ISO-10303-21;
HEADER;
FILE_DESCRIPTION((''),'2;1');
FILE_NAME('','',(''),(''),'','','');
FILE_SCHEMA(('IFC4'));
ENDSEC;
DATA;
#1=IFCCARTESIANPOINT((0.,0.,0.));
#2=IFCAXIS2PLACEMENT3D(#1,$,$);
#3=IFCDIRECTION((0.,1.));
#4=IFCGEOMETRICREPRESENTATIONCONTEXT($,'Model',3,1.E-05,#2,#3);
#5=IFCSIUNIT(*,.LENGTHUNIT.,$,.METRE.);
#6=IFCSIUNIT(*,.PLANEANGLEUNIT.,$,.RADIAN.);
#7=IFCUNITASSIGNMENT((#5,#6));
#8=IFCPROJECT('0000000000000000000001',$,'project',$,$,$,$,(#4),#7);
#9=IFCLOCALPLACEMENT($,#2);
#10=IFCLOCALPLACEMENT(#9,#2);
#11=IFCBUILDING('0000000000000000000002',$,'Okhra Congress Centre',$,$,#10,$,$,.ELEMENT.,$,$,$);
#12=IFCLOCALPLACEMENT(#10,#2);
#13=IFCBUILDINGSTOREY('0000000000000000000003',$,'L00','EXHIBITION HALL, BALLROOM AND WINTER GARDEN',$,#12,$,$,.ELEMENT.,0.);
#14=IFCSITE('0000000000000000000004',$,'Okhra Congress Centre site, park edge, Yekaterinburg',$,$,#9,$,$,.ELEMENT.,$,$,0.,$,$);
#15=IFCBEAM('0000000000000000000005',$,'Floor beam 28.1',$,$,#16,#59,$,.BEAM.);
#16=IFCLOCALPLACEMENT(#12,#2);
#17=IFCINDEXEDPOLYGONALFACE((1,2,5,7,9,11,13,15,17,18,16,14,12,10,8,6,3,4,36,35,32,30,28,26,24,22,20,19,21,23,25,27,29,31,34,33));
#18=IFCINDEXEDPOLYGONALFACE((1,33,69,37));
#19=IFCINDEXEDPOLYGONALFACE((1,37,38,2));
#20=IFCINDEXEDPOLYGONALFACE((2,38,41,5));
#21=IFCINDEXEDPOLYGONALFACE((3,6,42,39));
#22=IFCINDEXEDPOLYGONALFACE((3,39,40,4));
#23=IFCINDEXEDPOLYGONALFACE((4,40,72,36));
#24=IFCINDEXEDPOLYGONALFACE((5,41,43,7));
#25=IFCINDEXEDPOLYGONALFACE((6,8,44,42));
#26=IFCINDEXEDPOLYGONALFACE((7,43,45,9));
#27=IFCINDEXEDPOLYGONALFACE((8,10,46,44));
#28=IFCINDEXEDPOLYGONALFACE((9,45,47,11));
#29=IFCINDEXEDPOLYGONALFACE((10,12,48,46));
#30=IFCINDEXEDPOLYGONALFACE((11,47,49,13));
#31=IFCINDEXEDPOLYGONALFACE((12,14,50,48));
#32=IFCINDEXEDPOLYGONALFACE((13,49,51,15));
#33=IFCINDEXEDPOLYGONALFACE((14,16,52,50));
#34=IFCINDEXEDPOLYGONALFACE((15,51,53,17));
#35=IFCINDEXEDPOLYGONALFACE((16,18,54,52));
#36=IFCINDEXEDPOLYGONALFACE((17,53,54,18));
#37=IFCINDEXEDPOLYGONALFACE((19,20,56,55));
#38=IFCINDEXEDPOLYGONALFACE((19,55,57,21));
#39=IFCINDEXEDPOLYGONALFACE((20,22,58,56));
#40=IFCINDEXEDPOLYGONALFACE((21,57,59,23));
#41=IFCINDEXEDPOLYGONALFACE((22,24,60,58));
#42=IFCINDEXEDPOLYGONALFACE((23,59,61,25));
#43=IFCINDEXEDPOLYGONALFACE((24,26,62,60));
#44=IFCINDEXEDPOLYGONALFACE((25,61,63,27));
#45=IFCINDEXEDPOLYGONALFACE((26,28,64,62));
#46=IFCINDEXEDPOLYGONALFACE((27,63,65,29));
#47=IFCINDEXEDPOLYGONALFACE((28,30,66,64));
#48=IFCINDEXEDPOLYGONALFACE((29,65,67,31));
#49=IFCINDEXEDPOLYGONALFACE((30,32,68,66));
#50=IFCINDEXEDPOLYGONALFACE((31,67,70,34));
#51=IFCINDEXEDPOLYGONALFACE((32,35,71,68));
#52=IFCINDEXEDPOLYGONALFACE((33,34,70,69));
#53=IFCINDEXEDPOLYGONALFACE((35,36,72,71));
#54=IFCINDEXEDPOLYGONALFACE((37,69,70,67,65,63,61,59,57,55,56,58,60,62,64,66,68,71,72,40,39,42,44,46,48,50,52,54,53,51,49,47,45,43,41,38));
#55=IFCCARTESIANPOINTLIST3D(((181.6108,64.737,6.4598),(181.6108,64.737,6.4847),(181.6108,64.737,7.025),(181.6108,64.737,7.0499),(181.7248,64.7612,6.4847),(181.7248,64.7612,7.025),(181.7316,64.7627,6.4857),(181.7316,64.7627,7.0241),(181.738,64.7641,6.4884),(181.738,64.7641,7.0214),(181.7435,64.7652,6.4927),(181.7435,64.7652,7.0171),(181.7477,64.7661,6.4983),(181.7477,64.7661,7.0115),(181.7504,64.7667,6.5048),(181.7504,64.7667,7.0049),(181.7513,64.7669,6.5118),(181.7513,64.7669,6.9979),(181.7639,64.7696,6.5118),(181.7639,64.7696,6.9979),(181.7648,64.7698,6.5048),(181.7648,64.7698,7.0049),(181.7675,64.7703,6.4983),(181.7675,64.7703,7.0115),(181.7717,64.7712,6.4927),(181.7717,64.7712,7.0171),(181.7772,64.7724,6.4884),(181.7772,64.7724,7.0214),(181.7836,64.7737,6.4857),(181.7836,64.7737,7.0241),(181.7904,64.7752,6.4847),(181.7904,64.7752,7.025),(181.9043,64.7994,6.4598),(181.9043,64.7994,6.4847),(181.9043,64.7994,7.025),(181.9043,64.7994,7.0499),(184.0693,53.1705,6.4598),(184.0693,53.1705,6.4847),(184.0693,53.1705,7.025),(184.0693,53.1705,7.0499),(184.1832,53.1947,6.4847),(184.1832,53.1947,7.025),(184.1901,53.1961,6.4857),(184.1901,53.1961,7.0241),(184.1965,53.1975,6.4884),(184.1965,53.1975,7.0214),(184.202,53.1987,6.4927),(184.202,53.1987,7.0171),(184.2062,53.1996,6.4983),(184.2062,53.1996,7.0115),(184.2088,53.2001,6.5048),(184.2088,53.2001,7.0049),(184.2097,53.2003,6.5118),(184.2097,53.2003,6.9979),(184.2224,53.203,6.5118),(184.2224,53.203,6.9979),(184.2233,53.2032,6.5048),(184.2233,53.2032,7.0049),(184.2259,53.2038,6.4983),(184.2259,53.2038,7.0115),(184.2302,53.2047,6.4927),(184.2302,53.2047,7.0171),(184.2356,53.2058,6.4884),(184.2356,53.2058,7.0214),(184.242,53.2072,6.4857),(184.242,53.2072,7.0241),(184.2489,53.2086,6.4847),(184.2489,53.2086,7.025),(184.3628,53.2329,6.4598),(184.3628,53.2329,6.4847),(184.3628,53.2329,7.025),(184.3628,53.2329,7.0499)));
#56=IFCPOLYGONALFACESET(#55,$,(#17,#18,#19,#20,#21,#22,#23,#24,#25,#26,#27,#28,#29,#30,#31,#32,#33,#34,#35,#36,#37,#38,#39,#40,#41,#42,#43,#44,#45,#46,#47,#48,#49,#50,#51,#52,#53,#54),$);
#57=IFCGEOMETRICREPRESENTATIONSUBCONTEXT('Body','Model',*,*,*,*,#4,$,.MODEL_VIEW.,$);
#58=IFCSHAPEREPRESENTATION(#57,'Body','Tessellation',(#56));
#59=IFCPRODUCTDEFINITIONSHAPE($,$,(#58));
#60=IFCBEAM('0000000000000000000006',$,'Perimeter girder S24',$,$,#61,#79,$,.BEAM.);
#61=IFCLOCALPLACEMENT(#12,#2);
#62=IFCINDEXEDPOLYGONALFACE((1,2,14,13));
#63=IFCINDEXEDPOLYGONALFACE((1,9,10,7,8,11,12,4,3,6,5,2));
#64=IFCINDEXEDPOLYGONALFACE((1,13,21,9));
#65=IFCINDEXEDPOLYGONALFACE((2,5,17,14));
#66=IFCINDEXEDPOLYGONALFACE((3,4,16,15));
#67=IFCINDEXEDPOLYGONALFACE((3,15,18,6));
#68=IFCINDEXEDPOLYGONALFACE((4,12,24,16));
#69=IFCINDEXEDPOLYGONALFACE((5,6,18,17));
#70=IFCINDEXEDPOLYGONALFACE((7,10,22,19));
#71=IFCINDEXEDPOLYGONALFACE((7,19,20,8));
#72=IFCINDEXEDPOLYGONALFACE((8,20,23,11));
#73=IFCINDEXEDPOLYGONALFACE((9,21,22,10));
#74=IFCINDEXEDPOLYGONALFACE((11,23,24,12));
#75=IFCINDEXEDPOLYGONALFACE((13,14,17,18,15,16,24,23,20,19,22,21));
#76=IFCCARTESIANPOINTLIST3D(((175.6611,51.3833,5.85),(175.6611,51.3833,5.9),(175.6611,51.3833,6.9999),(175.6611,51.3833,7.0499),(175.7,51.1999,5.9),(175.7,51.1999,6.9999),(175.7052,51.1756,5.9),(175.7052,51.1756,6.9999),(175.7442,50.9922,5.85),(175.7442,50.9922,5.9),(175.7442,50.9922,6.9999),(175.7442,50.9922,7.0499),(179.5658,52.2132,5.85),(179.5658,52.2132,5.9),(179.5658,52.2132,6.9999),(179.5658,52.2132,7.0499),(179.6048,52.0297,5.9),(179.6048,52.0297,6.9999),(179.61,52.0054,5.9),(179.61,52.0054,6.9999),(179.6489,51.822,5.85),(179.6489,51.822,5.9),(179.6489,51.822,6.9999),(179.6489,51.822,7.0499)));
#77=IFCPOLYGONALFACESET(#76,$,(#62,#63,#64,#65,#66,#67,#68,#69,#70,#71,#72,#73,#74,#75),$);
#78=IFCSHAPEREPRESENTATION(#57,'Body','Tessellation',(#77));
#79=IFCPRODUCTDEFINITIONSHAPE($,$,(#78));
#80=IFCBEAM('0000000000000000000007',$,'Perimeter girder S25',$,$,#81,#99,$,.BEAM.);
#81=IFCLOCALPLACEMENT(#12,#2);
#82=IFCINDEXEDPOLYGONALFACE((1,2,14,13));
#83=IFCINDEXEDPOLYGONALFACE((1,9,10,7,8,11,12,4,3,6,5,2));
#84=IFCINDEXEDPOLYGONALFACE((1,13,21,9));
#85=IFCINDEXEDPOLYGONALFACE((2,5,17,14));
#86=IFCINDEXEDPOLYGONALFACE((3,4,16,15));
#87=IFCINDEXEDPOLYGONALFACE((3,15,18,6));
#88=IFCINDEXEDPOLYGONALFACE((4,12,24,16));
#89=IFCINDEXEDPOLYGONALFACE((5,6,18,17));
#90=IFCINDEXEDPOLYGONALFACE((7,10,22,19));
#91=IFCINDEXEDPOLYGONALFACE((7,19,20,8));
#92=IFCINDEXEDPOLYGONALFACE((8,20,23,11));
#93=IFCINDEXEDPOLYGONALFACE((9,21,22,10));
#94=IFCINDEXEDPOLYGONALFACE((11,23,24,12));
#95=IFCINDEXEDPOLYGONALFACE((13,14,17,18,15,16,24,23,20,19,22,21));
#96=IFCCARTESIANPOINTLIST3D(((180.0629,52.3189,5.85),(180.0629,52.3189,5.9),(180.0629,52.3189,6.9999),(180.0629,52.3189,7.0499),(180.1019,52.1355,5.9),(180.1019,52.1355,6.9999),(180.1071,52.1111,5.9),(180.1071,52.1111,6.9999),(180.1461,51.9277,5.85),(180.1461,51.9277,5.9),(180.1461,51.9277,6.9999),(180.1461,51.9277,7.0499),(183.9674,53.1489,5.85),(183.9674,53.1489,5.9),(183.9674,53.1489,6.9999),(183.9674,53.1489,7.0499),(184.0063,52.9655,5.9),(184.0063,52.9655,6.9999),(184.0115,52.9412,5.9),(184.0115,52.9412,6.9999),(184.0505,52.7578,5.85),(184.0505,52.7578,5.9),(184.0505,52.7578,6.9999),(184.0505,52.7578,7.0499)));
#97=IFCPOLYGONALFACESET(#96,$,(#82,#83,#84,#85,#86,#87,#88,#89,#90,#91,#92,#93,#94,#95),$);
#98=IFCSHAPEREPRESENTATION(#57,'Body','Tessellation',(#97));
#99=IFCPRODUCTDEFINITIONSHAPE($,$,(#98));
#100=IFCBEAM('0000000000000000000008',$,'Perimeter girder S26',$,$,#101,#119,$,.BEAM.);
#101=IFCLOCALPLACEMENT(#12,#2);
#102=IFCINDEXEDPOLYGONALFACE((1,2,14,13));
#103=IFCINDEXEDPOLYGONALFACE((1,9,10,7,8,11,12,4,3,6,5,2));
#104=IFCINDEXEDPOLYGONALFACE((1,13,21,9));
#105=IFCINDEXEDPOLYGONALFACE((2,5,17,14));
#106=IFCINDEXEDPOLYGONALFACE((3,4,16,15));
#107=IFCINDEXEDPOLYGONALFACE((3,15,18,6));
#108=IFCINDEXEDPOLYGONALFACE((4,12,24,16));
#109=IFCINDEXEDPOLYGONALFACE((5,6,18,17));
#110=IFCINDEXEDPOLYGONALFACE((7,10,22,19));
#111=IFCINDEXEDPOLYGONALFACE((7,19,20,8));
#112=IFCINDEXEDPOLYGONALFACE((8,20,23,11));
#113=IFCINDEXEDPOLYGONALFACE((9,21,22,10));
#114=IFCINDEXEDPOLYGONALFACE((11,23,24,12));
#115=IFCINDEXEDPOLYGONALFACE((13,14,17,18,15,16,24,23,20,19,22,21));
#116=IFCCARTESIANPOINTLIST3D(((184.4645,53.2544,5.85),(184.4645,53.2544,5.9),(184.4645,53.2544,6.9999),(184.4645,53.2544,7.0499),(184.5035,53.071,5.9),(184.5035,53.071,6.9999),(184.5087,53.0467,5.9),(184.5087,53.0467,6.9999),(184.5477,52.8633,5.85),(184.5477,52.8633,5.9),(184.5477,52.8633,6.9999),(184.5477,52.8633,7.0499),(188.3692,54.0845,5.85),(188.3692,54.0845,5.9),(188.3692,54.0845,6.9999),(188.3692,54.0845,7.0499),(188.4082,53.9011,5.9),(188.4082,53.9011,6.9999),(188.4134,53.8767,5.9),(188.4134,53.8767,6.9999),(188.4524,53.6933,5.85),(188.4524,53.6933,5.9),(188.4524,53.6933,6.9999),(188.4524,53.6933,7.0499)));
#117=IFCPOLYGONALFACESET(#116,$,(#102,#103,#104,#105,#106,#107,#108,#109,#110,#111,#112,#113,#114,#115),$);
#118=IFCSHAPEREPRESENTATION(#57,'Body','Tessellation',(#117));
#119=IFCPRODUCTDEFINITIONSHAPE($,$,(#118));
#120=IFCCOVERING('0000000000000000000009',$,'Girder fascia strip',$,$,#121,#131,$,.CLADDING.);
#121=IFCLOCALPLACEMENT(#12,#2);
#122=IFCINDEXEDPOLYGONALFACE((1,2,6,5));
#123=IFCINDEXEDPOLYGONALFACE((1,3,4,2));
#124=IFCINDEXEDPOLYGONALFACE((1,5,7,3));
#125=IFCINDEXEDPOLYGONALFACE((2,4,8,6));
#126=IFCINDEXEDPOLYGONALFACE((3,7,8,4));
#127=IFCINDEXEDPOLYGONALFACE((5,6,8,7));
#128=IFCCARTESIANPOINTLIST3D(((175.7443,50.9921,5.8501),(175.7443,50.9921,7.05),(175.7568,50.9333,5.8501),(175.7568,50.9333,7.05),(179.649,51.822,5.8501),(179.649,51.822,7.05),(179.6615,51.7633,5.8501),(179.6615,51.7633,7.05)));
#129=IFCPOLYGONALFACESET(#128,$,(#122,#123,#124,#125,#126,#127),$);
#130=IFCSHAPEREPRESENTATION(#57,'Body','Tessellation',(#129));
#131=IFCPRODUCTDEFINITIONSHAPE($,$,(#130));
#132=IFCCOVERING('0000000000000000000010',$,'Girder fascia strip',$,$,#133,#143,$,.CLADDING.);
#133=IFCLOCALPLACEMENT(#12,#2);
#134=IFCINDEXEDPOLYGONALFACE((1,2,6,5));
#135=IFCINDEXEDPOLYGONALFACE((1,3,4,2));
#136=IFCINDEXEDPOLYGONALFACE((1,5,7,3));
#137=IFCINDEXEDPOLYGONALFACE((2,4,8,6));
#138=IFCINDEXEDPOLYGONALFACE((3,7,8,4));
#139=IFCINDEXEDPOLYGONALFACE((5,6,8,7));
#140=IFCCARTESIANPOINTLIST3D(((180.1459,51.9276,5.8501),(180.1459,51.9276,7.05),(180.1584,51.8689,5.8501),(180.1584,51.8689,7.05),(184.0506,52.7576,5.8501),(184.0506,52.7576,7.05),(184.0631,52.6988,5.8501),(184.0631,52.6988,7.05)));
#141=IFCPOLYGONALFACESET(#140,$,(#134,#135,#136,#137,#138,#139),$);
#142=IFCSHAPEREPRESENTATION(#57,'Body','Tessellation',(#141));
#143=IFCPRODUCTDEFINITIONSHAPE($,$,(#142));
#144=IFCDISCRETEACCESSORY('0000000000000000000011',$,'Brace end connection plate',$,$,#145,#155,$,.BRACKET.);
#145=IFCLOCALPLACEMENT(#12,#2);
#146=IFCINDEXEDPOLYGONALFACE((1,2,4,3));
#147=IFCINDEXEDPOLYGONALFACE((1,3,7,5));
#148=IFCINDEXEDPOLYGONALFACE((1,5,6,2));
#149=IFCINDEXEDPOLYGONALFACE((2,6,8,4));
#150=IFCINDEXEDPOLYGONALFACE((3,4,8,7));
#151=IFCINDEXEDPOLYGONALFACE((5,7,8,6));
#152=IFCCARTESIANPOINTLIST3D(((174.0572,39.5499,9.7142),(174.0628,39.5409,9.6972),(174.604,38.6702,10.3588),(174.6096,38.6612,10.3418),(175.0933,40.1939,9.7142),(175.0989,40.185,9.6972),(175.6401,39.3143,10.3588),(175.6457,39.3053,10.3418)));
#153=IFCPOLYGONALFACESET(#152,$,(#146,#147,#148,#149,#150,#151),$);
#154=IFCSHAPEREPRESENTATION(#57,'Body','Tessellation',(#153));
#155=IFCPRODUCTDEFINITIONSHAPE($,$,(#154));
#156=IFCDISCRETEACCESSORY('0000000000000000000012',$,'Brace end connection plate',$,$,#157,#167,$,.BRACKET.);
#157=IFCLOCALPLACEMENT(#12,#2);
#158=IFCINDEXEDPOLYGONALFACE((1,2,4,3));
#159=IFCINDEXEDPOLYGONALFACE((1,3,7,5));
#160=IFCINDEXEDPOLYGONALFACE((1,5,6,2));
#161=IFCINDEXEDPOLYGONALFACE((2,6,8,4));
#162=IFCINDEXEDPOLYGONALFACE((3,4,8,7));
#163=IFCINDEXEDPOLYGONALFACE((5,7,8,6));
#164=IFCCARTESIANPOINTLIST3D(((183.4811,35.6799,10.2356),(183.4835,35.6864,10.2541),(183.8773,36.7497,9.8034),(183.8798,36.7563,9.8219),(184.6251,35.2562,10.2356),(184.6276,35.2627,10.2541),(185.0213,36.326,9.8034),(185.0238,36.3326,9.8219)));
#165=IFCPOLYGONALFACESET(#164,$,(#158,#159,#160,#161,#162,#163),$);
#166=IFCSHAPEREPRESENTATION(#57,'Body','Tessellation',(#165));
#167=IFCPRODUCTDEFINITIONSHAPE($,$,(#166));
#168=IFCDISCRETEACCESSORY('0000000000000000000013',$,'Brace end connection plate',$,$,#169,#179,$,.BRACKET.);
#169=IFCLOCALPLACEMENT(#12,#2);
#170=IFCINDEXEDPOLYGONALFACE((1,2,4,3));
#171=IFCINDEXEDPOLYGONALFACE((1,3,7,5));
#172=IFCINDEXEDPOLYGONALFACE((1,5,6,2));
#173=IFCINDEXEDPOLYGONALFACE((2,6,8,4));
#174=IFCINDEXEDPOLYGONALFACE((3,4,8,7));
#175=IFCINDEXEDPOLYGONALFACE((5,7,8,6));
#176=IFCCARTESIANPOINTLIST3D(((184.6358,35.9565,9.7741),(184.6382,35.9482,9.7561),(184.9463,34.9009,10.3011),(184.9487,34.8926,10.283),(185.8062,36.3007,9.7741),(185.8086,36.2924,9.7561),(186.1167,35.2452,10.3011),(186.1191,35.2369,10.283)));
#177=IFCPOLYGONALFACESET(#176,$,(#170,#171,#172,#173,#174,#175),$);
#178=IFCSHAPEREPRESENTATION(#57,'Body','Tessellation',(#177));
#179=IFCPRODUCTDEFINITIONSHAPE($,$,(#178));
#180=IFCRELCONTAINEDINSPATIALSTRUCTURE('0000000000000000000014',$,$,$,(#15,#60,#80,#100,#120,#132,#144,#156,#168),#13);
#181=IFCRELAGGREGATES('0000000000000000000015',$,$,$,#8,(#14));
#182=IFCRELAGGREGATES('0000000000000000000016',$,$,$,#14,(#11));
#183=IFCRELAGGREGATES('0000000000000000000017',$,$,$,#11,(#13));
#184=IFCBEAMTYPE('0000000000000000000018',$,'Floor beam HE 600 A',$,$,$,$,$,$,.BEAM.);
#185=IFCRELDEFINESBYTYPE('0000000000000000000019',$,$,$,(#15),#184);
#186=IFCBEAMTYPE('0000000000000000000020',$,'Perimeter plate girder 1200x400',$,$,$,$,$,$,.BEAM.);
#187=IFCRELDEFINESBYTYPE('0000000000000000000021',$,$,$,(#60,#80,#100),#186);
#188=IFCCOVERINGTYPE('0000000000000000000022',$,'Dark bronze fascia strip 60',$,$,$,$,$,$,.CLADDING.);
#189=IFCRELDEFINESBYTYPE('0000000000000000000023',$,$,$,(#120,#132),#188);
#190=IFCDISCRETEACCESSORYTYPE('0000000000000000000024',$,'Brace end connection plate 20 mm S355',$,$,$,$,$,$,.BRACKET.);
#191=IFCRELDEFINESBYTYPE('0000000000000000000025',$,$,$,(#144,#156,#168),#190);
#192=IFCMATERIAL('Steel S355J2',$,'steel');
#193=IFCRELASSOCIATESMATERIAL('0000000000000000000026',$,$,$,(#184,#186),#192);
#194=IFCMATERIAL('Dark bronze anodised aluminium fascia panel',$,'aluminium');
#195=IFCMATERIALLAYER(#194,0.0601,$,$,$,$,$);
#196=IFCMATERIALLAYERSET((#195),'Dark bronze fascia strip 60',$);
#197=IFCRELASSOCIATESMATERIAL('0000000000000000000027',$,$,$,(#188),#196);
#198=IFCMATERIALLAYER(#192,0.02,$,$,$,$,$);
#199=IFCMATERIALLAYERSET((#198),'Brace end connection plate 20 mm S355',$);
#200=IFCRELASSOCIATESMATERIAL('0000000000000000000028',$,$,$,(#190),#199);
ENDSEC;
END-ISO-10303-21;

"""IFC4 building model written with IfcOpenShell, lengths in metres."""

from ifc_helpers import new_model, si_unit, direction, frame, origin, origin_2d, place, context, subcontext, project, spatial, rectangle, i_section, extrude, material, layer, layer_set, material_profile, profile_set, type_object, element, save


model = new_model("IFC4")

# Units and contexts
model_context = context("Model", 3, precision=1e-05, world=origin(), true_north=direction((0.0, 1.0)))
body_context = subcontext(model_context, "Body", "Model", "MODEL_VIEW")
ifc_project = project(units=[si_unit("LENGTHUNIT", "METRE"), si_unit("PLANEANGLEUNIT", "RADIAN")], contexts=[model_context])

# Site, building, storey
site_placement = place(None, origin())
site = spatial("IfcSite", under=ifc_project, at=site_placement, Name="Okhra Congress Centre site, park edge, Yekaterinburg", CompositionType="ELEMENT", RefElevation=0.0)
building_placement = place(site_placement, origin())
building = spatial("IfcBuilding", under=site, at=building_placement, Name="Okhra Congress Centre", CompositionType="ELEMENT")
storey_placement = place(building_placement, origin())
storey = spatial("IfcBuildingStorey", under=building, at=storey_placement, Name="L00", Description="EXHIBITION HALL, BALLROOM AND WINTER GARDEN", CompositionType="ELEMENT", Elevation=0.0)

# Beams
ifc_material_1 = material(Name="Steel S355J2", Category="steel")
ifc_material_profile_1 = material_profile(ifc_material_1, i_section(OverallWidth=0.3, OverallDepth=0.5901, WebThickness=0.0129, FlangeThickness=0.0249, FilletRadius=0.0271, at=origin_2d()), Name="HE 600 A")
ifc_profile_set_1 = profile_set([ifc_material_profile_1], Name="Steel S355J2")
beam_type_1 = type_object("IfcBeamType", Name="Floor beam HE 600 A", PredefinedType="BEAM", material=ifc_profile_set_1)
beam_1_placement = place(storey_placement, frame((184.2161, 53.2017, 6.7549), z_axis=(-0.207906, 0.978149, 0.0), x_axis=(-0.978149, -0.207906, 0.0)))
element("IfcBeam", 1, at=beam_1_placement, inside=storey, type_object=beam_type_1, Name="Floor beam 28.1", PredefinedType="BEAM", context=body_context, shape_type="SweptSolid", body=[
    extrude(i_section(OverallWidth=0.3, OverallDepth=0.5901, WebThickness=0.0129, FlangeThickness=0.0249, FilletRadius=0.0271, at=origin_2d()), origin(), (0.0, 0.0, 1.0), 11.825),
])
ifc_material_profile_2 = material_profile(ifc_material_1, i_section(OverallWidth=0.3999, OverallDepth=1.2, WebThickness=0.0249, FlangeThickness=0.05, at=origin_2d()), Name="Plate girder 1200x400")
ifc_profile_set_2 = profile_set([ifc_material_profile_2], Name="Steel S355J2")
beam_type_2 = type_object("IfcBeamType", Name="Perimeter plate girder 1200x400", PredefinedType="BEAM", material=ifc_profile_set_2)
beam_2_placement = place(storey_placement, frame((175.7026, 51.1877, 6.45), z_axis=(0.978155, 0.207875, 0.0), x_axis=(-0.207875, 0.978155, 0.0)))
element("IfcBeam", 2, at=beam_2_placement, inside=storey, type_object=beam_type_2, Name="Perimeter girder S24", PredefinedType="BEAM", context=body_context, shape_type="SweptSolid", body=[
    extrude(i_section(OverallWidth=0.3999, OverallDepth=1.2, WebThickness=0.0249, FlangeThickness=0.05, at=origin_2d()), origin(), (0.0, 0.0, 1.0), 3.9919),
])
beam_3_placement = place(storey_placement, frame((180.1045, 52.1233, 6.45), z_axis=(0.97814, 0.207946, 0.0), x_axis=(-0.207946, 0.97814, 0.0)))
element("IfcBeam", 3, at=beam_3_placement, inside=storey, type_object=beam_type_2, Name="Perimeter girder S25", PredefinedType="BEAM", context=body_context, shape_type="SweptSolid", body=[
    extrude(i_section(OverallWidth=0.3999, OverallDepth=1.2, WebThickness=0.0249, FlangeThickness=0.05, at=origin_2d()), origin(), (0.0, 0.0, 1.0), 3.9917),
])
beam_4_placement = place(storey_placement, frame((184.5061, 53.0588, 6.45), z_axis=(0.978143, 0.207933, 0.0), x_axis=(-0.207933, 0.978143, 0.0)))
element("IfcBeam", 4, at=beam_4_placement, inside=storey, type_object=beam_type_2, Name="Perimeter girder S26", PredefinedType="BEAM", context=body_context, shape_type="SweptSolid", body=[
    extrude(i_section(OverallWidth=0.3999, OverallDepth=1.2, WebThickness=0.0249, FlangeThickness=0.05, at=origin_2d()), origin(), (0.0, 0.0, 1.0), 3.9919),
])

# Coverings
ifc_material_2 = material(Name="Dark bronze anodised aluminium fascia panel", Category="aluminium")
ifc_layer_1 = layer(ifc_material_2, 0.0601)
ifc_layer_set_1 = layer_set([ifc_layer_1], Name="Dark bronze fascia strip 60")
covering_type = type_object("IfcCoveringType", Name="Dark bronze fascia strip 60", PredefinedType="CLADDING", material=ifc_layer_set_1)
for number, where, z_axis, x_axis, name in (
    (5, (177.7029, 51.3777, 5.8501), (0.0, 0.0, 1.0), (0.978148, 0.207912, 0.0), "Girder fascia strip"),
    (6, (182.1045, 52.3132, 5.8501), (0.0, 0.0, 1.0), (0.978148, 0.207912, 0.0), "Girder fascia strip"),
):
    element("IfcCovering", number, at=place(storey_placement, frame(where, z_axis=z_axis, x_axis=x_axis)), inside=storey, type_object=covering_type, Name=name, PredefinedType="CLADDING", context=body_context, shape_type="SweptSolid", body=[
        extrude(rectangle(XDim=3.9919, YDim=0.0601, at=origin_2d()), origin(), (0.0, 0.0, 1.0), 1.2),
    ])

# Discrete accessories
ifc_layer_2 = layer(ifc_material_1, 0.02)
ifc_layer_set_2 = layer_set([ifc_layer_2], Name="Brace end connection plate 20 mm S355")
discrete_accessory_type = type_object("IfcDiscreteAccessoryType", Name="Brace end connection plate 20 mm S355", PredefinedType="BRACKET", material=ifc_layer_set_2)
discrete_accessory_1_placement = place(storey_placement, frame((174.8542, 39.4231, 10.0195), z_axis=(-0.278957, 0.448757, 0.849), x_axis=(-0.849285, -0.527934, 0.0)))
element("IfcDiscreteAccessory", 7, at=discrete_accessory_1_placement, inside=storey, type_object=discrete_accessory_type, Name="Brace end connection plate", PredefinedType="BRACKET", context=body_context, shape_type="SweptSolid", body=[
    extrude(rectangle(XDim=1.22, YDim=1.22, at=origin_2d()), origin(), (0.0, 0.0, 1.0), 0.02),
])
discrete_accessory_2_placement = place(storey_placement, frame((184.2512, 36.0029, 10.0195), z_axis=(0.123045, 0.332221, 0.935141), x_axis=(-0.937749, 0.347314, 0.0)))
element("IfcDiscreteAccessory", 8, at=discrete_accessory_2_placement, inside=storey, type_object=discrete_accessory_type, Name="Brace end connection plate", PredefinedType="BRACKET", context=body_context, shape_type="SweptSolid", body=[
    extrude(rectangle(XDim=1.22, YDim=1.22, at=origin_2d()), origin(), (0.0, 0.0, 1.0), 0.0198),
])
discrete_accessory_3_placement = place(storey_placement, frame((185.3787, 35.5925, 10.0195), z_axis=(-0.121879, 0.414388, 0.901903), x_axis=(-0.959366, -0.282166, 0.0)))
element("IfcDiscreteAccessory", 9, at=discrete_accessory_3_placement, inside=storey, type_object=discrete_accessory_type, Name="Brace end connection plate", PredefinedType="BRACKET", context=body_context, shape_type="SweptSolid", body=[
    extrude(rectangle(XDim=1.22, YDim=1.22, at=origin_2d()), origin(), (0.0, 0.0, 1.0), 0.02),
])

save(model, "model.ifc")
